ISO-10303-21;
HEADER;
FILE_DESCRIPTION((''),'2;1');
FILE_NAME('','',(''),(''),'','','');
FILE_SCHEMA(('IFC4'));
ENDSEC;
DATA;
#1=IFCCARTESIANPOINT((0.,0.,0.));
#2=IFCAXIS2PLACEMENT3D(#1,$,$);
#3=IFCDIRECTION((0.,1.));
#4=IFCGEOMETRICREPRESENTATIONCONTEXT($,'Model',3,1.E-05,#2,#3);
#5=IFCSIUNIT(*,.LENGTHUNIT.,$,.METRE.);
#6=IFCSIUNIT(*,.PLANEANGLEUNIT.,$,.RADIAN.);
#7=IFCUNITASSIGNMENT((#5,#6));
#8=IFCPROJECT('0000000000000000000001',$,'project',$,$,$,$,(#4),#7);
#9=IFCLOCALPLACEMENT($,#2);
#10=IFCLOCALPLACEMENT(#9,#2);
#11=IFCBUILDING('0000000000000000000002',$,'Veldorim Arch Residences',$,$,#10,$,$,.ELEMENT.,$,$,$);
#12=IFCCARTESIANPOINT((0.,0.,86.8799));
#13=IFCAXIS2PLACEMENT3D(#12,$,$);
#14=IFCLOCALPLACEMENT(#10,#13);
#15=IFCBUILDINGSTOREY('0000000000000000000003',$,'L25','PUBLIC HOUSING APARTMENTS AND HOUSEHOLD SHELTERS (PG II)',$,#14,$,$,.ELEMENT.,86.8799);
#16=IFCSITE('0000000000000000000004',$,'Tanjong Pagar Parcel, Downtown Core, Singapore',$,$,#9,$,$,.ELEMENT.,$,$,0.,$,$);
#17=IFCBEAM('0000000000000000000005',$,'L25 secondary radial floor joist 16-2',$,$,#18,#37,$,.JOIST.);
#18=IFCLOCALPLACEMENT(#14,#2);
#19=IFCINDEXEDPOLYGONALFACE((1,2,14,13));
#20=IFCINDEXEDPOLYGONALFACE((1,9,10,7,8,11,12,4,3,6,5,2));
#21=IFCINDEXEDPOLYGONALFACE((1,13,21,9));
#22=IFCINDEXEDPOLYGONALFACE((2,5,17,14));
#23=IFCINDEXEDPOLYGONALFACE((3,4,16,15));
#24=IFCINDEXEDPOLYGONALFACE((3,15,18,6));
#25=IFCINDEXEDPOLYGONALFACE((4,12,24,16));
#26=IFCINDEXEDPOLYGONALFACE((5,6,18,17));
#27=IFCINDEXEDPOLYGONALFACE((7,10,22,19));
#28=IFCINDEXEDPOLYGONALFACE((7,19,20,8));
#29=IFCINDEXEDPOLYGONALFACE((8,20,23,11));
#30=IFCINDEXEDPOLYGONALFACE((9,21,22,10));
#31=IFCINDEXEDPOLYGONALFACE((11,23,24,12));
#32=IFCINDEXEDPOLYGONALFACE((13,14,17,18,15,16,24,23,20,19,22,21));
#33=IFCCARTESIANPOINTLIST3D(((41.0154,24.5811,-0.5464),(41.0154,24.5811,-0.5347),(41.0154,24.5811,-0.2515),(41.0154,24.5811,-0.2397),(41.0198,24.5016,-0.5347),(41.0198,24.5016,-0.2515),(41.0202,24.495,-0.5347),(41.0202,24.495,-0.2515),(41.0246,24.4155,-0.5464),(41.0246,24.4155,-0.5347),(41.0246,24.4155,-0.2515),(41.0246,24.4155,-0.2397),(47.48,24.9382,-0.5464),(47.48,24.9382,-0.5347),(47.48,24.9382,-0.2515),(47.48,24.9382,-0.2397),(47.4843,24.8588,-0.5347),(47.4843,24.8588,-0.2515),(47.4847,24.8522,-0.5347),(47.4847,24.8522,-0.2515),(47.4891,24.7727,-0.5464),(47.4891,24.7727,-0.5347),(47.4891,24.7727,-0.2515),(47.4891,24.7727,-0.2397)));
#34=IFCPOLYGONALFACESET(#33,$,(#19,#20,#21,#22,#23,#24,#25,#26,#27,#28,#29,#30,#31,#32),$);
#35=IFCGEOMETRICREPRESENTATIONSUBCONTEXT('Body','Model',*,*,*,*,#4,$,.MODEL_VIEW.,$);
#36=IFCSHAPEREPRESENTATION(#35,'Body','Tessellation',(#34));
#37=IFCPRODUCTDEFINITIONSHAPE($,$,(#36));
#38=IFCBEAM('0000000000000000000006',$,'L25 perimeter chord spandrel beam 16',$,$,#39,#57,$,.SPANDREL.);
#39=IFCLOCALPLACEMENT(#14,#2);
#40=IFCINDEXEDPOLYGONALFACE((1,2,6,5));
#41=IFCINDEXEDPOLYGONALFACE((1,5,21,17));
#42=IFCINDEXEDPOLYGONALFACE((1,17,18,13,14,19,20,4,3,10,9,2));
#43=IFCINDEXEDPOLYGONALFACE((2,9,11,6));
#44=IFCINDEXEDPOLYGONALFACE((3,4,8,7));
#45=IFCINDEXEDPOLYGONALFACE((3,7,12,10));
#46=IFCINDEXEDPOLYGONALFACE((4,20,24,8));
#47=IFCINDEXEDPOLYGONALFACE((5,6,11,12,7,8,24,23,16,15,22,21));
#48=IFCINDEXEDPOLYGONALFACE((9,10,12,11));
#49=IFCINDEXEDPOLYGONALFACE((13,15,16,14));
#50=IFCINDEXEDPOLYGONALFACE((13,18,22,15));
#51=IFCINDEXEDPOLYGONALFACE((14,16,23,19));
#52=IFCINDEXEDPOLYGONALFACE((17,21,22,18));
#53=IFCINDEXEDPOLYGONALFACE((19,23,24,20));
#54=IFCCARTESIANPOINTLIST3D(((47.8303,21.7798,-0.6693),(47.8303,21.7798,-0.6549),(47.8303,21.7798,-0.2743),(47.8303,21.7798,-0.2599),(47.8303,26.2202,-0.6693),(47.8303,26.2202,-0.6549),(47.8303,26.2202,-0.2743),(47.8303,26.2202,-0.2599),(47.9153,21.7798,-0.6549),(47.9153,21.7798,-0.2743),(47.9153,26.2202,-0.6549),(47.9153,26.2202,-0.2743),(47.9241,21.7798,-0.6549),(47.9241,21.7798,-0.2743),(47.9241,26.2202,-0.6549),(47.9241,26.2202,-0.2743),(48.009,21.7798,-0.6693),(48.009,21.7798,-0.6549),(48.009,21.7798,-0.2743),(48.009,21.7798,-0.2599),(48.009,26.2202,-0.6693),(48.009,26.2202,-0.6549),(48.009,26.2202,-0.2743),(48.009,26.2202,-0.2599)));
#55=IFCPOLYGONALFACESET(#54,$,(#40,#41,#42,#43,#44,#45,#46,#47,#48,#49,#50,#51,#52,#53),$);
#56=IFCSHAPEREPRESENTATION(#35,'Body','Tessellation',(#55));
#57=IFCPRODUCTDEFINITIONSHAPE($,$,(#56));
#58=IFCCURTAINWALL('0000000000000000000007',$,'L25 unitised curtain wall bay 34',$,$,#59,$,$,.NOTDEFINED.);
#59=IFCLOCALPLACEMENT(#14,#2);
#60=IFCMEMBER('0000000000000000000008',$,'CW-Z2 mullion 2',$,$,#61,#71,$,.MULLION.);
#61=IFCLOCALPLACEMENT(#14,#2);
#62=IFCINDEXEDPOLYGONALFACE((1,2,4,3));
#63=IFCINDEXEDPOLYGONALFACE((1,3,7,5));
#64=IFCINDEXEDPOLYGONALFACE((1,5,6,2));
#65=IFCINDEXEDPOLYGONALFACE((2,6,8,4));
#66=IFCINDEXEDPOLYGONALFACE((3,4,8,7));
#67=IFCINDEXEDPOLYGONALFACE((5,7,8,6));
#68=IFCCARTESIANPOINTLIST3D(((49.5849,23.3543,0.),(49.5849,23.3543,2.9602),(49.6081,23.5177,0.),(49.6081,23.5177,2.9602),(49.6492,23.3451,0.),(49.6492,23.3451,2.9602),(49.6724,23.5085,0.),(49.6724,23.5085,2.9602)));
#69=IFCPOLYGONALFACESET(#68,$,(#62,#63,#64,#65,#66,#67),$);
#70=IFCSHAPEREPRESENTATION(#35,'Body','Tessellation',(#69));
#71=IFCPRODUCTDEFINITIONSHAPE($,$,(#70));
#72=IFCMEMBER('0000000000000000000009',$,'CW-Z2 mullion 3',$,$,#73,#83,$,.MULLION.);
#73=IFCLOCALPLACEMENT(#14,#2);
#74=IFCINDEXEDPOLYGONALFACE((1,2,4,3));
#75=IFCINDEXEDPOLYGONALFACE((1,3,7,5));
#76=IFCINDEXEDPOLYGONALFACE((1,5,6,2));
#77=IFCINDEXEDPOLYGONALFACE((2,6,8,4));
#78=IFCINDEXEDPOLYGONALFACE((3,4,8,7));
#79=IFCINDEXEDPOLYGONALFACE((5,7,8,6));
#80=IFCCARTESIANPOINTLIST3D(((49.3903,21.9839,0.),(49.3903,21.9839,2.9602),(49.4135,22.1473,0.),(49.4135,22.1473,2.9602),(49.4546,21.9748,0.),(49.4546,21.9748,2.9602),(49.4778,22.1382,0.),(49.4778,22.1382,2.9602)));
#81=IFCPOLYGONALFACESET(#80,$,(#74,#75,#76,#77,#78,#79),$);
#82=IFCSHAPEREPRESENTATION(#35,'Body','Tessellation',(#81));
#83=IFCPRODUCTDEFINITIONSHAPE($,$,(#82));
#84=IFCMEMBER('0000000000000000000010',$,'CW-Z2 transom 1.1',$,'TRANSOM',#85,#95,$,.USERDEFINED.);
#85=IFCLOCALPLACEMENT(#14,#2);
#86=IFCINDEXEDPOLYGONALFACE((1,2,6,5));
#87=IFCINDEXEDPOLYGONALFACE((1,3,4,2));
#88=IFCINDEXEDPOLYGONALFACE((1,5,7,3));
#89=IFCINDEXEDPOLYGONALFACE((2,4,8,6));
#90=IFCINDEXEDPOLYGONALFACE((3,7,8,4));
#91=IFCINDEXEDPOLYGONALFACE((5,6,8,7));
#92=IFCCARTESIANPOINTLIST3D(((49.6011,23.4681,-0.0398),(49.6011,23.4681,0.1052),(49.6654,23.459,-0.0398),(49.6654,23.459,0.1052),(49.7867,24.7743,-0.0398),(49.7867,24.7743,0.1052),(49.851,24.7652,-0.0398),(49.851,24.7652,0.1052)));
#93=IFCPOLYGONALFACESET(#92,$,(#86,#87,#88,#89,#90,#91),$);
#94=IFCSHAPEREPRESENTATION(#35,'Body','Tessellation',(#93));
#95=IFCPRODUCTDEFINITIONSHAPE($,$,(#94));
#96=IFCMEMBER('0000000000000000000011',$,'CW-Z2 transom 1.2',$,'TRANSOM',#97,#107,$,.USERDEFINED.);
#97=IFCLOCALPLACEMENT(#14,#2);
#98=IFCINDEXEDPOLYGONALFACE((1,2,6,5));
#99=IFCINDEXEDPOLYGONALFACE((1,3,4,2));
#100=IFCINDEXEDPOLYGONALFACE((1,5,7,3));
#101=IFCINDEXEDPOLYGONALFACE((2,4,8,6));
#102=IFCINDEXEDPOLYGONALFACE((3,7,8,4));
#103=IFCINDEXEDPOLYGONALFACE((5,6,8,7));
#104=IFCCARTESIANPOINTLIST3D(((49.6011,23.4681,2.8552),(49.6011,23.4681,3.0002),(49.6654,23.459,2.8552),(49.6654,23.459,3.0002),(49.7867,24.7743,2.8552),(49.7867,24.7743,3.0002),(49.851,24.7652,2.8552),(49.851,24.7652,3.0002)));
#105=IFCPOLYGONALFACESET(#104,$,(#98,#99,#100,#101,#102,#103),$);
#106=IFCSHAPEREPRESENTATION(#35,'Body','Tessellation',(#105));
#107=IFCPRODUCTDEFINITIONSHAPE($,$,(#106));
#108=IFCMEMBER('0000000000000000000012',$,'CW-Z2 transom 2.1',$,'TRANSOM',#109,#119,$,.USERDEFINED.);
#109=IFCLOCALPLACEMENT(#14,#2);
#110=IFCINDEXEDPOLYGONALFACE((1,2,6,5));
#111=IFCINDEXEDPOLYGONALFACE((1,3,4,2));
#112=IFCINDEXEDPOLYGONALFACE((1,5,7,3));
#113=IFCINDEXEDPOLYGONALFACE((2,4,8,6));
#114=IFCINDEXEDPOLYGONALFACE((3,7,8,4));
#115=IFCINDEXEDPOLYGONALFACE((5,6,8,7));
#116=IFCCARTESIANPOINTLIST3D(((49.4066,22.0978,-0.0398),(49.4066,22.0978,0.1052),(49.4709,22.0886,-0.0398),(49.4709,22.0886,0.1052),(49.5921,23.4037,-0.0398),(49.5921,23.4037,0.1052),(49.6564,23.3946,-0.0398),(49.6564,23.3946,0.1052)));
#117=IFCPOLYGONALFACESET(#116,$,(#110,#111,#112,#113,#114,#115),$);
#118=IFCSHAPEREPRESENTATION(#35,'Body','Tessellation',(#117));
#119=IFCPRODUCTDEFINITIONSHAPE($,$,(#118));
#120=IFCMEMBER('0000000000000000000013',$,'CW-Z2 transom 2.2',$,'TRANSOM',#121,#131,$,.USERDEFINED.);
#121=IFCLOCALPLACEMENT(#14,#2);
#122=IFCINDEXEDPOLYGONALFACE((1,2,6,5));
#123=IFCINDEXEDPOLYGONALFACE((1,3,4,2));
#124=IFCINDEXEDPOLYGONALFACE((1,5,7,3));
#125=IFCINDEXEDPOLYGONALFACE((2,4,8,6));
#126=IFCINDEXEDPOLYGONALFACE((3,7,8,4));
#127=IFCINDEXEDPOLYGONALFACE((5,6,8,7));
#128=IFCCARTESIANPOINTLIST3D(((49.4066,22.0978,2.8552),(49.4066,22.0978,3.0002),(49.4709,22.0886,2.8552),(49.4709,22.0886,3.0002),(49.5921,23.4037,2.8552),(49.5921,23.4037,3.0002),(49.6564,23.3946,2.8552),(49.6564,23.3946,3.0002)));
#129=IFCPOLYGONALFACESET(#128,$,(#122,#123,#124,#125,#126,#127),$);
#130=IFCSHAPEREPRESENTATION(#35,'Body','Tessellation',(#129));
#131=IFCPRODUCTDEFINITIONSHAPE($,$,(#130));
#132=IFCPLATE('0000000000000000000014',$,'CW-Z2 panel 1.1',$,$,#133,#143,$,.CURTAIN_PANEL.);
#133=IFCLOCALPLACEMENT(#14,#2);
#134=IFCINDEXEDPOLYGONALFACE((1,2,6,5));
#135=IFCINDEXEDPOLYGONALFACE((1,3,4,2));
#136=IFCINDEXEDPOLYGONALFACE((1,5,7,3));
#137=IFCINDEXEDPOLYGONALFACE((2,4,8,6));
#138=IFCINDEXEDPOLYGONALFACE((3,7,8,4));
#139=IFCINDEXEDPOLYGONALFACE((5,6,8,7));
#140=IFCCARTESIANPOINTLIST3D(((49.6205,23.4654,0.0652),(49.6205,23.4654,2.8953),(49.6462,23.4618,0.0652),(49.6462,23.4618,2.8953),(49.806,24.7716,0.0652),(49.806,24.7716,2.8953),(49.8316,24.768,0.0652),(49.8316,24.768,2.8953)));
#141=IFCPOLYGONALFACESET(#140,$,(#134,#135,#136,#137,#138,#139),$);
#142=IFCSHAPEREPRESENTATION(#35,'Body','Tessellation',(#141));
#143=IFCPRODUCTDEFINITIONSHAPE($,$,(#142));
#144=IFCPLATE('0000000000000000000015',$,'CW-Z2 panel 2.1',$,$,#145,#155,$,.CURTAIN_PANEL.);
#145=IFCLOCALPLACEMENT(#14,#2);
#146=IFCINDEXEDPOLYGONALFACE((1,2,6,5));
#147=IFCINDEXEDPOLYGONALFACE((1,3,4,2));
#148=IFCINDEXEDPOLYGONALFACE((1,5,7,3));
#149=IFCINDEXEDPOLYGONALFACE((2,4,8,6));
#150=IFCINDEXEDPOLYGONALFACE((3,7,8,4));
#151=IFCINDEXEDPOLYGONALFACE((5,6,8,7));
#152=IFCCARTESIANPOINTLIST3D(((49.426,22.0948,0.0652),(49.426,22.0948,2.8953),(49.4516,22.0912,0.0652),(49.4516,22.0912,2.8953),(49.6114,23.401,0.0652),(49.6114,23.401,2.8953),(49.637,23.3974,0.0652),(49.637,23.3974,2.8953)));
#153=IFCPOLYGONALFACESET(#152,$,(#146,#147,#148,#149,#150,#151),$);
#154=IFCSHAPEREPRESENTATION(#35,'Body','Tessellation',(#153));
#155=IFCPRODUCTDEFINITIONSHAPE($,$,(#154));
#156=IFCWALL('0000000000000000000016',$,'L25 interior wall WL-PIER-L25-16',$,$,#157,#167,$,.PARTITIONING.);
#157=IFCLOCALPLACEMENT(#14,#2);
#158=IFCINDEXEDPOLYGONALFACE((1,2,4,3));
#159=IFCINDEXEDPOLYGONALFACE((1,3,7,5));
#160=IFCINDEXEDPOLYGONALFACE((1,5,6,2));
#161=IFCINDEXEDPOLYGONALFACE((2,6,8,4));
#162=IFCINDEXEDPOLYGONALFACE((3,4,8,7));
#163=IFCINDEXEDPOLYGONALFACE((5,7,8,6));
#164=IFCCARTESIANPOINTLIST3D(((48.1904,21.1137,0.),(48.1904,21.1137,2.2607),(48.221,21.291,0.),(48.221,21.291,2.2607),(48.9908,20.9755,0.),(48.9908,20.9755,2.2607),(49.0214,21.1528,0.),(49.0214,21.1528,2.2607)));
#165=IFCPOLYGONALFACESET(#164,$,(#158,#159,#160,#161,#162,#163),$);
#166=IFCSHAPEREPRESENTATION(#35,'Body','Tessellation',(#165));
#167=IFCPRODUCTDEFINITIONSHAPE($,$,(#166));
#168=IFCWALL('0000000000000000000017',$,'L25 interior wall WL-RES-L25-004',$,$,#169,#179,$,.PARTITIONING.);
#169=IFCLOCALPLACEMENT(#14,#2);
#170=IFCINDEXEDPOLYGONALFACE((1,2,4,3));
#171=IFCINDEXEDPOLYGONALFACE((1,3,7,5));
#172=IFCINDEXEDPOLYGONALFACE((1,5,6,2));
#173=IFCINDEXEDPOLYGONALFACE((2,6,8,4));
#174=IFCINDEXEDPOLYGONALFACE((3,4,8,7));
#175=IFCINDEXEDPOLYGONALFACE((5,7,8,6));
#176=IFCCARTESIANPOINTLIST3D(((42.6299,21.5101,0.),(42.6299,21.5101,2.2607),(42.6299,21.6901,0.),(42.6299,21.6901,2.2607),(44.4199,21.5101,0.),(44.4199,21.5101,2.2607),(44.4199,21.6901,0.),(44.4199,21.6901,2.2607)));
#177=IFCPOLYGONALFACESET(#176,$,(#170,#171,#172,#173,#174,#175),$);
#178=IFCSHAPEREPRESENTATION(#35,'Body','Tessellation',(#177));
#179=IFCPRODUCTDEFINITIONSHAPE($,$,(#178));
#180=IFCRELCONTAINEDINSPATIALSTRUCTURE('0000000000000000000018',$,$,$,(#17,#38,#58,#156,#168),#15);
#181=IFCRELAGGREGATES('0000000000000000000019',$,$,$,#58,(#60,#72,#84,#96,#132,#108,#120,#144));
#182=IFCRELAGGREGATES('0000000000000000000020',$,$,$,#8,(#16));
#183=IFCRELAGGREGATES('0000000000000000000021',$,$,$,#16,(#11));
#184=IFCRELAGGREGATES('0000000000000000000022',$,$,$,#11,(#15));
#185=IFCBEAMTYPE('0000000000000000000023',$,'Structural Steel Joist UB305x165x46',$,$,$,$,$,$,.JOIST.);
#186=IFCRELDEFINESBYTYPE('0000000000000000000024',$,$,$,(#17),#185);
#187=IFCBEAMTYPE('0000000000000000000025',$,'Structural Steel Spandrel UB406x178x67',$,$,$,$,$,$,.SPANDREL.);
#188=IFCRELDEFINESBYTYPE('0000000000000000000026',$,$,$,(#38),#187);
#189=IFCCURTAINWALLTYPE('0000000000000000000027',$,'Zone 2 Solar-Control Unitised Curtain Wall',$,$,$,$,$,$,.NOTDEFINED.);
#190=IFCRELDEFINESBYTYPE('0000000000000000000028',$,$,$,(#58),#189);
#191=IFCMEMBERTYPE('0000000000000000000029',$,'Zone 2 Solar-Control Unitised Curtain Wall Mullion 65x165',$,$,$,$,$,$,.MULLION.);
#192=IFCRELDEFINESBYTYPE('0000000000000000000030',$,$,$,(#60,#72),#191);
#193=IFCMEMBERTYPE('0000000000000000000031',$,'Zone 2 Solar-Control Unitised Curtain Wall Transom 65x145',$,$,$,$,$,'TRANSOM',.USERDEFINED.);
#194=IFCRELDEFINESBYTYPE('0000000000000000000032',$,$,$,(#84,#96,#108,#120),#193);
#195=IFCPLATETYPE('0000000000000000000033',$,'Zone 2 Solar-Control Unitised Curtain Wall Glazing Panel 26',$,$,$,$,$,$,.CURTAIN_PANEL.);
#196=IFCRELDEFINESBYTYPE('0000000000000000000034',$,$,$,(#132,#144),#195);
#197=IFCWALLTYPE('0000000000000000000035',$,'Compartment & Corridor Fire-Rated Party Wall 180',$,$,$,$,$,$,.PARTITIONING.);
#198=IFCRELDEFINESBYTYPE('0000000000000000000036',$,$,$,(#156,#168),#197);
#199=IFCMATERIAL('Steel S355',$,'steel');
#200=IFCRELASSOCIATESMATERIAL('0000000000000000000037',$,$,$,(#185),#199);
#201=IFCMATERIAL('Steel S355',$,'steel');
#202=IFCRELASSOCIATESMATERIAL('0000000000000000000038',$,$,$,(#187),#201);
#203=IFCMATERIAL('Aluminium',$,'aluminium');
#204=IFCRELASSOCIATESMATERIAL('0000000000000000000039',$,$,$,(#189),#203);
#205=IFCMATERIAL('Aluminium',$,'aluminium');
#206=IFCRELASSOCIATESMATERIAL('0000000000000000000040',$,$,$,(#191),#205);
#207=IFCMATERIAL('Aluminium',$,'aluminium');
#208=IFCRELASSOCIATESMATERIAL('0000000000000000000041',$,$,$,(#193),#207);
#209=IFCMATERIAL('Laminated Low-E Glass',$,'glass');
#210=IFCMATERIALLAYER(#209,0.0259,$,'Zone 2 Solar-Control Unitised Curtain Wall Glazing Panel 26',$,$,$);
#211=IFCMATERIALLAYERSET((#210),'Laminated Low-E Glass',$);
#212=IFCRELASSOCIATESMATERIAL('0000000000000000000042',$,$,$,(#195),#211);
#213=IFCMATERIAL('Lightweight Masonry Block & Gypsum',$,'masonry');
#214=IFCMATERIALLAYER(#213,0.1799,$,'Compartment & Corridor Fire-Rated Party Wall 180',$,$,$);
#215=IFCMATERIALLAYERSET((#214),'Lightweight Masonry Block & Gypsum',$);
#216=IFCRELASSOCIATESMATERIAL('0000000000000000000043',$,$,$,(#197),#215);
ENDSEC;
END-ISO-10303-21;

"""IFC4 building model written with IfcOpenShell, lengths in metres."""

from ifc_helpers import new_model, si_unit, direction, frame, frame_2d, origin, origin_2d, place, context, subcontext, project, spatial, rectangle, i_section, extrude, material, layer, layer_set, material_profile, profile_set, type_object, element, aggregate, save


model = new_model("IFC4")

# Units and contexts
model_context = context("Model", 3, precision=1e-05, world=origin(), true_north=direction((0.0, 1.0)))
body_context = subcontext(model_context, "Body", "Model", "MODEL_VIEW")
ifc_project = project(units=[si_unit("LENGTHUNIT", "METRE"), si_unit("PLANEANGLEUNIT", "RADIAN")], contexts=[model_context])

# Site, building, storey
site_placement = place(None, origin())
site = spatial("IfcSite", under=ifc_project, at=site_placement, Name="Tanjong Pagar Parcel, Downtown Core, Singapore", CompositionType="ELEMENT", RefElevation=0.0)
building_placement = place(site_placement, origin())
building = spatial("IfcBuilding", under=site, at=building_placement, Name="Veldorim Arch Residences", CompositionType="ELEMENT")
storey_placement = place(building_placement, frame((0.0, 0.0, 86.8799)))
storey = spatial("IfcBuildingStorey", under=building, at=storey_placement, Name="L25", Description="PUBLIC HOUSING APARTMENTS AND HOUSEHOLD SHELTERS (PG II)", CompositionType="ELEMENT", Elevation=86.8799)

# Beams
ifc_material_1 = material(Name="Steel S355", Category="steel")
ifc_material_profile_1 = material_profile(ifc_material_1, i_section(OverallWidth=0.1658, OverallDepth=0.3066, WebThickness=0.0066, FlangeThickness=0.0117, at=origin_2d()), Name="UB305x165x46")
ifc_profile_set_1 = profile_set([ifc_material_profile_1], Name="Steel S355")
beam_type_1 = type_object("IfcBeamType", Name="Structural Steel Joist UB305x165x46", PredefinedType="JOIST", material=ifc_profile_set_1)
for number, where, z_axis, x_axis, name in (
    (1, (41.02, 24.4983, -0.3931), (0.998477, 0.055167, 0.0), (-0.055167, 0.998477, 0.0), "L25 secondary radial floor joist 16-2"),
):
    element("IfcBeam", number, at=place(storey_placement, frame(where, z_axis=z_axis, x_axis=x_axis)), inside=storey, type_object=beam_type_1, Name=name, PredefinedType="JOIST", context=body_context, shape_type="SweptSolid", body=[
        extrude(i_section(OverallWidth=0.1658, OverallDepth=0.3066, WebThickness=0.0066, FlangeThickness=0.0117, at=origin_2d()), origin(), (0.0, 0.0, 1.0), 6.4744),
    ])
ifc_material_2 = material(Name="Steel S355", Category="steel")
ifc_material_profile_2 = material_profile(ifc_material_2, i_section(OverallWidth=0.1787, OverallDepth=0.4094, WebThickness=0.0088, FlangeThickness=0.0144, at=origin_2d()), Name="UB406x178x67")
ifc_profile_set_2 = profile_set([ifc_material_profile_2], Name="Steel S355")
beam_type_2 = type_object("IfcBeamType", Name="Structural Steel Spandrel UB406x178x67", PredefinedType="SPANDREL", material=ifc_profile_set_2)
beam_1_placement = place(storey_placement, frame((47.9197, 21.7798, -0.4646), z_axis=(0.0, 1.0, 0.0), x_axis=(-1.0, 0.0, 0.0)))
element("IfcBeam", 2, at=beam_1_placement, inside=storey, type_object=beam_type_2, Name="L25 perimeter chord spandrel beam 16", PredefinedType="SPANDREL", context=body_context, shape_type="SweptSolid", body=[
    extrude(i_section(OverallWidth=0.1787, OverallDepth=0.4094, WebThickness=0.0088, FlangeThickness=0.0144, at=origin_2d()), origin(), (0.0, 0.0, 1.0), 4.4404),
])

# Curtain wall, members, plates
ifc_material_3 = material(Name="Aluminium", Category="aluminium")
curtain_wall_type = type_object("IfcCurtainWallType", Name="Zone 2 Solar-Control Unitised Curtain Wall", PredefinedType="NOTDEFINED", material=ifc_material_3)
curtain_wall_placement = place(storey_placement, origin())
curtain_wall = element("IfcCurtainWall", 3, at=curtain_wall_placement, inside=storey, type_object=curtain_wall_type, Name="L25 unitised curtain wall bay 34", PredefinedType="NOTDEFINED")
ifc_material_4 = material(Name="Aluminium", Category="aluminium")
ifc_material_profile_3 = material_profile(ifc_material_4, rectangle(XDim=0.0649, YDim=0.165, at=origin_2d()), Name="ALU_MUL_65x165")
ifc_profile_set_3 = profile_set([ifc_material_profile_3], Name="Aluminium")
member_type_1 = type_object("IfcMemberType", Name="Zone 2 Solar-Control Unitised Curtain Wall Mullion 65x165", PredefinedType="MULLION", material=ifc_profile_set_3)
member_1_placement = place(storey_placement, frame((49.6287, 23.4314, 0.0), z_axis=(0.0, 0.0, 1.0), x_axis=(0.990071, -0.140571, 0.0)))
member_1 = element("IfcMember", 4, at=member_1_placement, type_object=member_type_1, Name="CW-Z2 mullion 2", PredefinedType="MULLION", context=body_context, shape_type="SweptSolid", body=[
    extrude(rectangle(XDim=0.0649, YDim=0.165, at=origin_2d()), origin(), (0.0, 0.0, 1.0), 2.9602),
])
member_2_placement = place(storey_placement, frame((49.4341, 22.061, 0.0), z_axis=(0.0, 0.0, 1.0), x_axis=(0.990071, -0.140571, 0.0)))
member_2 = element("IfcMember", 5, at=member_2_placement, type_object=member_type_1, Name="CW-Z2 mullion 3", PredefinedType="MULLION", context=body_context, shape_type="SweptSolid", body=[
    extrude(rectangle(XDim=0.0649, YDim=0.165, at=origin_2d()), origin(), (0.0, 0.0, 1.0), 2.9602),
])
ifc_material_5 = material(Name="Aluminium", Category="aluminium")
ifc_material_profile_4 = material_profile(ifc_material_5, rectangle(XDim=0.0649, YDim=0.145, at=origin_2d()), Name="ALU_TRN_65x145")
ifc_profile_set_4 = profile_set([ifc_material_profile_4], Name="Aluminium")
member_type_2 = type_object("IfcMemberType", Name="Zone 2 Solar-Control Unitised Curtain Wall Transom 65x145", ElementType="TRANSOM", PredefinedType="USERDEFINED", material=ifc_profile_set_4)
member_3_placement = place(storey_placement, frame((49.8188, 24.7698, 0.0327), z_axis=(-0.140644, -0.99006, 0.0), x_axis=(0.99006, -0.140644, 0.0)))
member_3 = element("IfcMember", 6, at=member_3_placement, type_object=member_type_2, Name="CW-Z2 transom 1.1", ObjectType="TRANSOM", PredefinedType="USERDEFINED", context=body_context, shape_type="SweptSolid", body=[
    extrude(rectangle(XDim=0.0649, YDim=0.145, at=origin_2d()), origin(), (0.0, 0.0, 1.0), 1.3193),
])
member_4_placement = place(storey_placement, frame((49.8188, 24.7698, 2.9277), z_axis=(-0.140644, -0.99006, 0.0), x_axis=(0.99006, -0.140644, 0.0)))
member_4 = element("IfcMember", 7, at=member_4_placement, type_object=member_type_2, Name="CW-Z2 transom 1.2", ObjectType="TRANSOM", PredefinedType="USERDEFINED", context=body_context, shape_type="SweptSolid", body=[
    extrude(rectangle(XDim=0.0649, YDim=0.145, at=origin_2d()), origin(), (0.0, 0.0, 1.0), 1.3193),
])
member_5_placement = place(storey_placement, frame((49.6243, 23.3992, 0.0327), z_axis=(-0.14067, -0.990057, 0.0), x_axis=(0.990057, -0.14067, 0.0)))
member_5 = element("IfcMember", 8, at=member_5_placement, type_object=member_type_2, Name="CW-Z2 transom 2.1", ObjectType="TRANSOM", PredefinedType="USERDEFINED", context=body_context, shape_type="SweptSolid", body=[
    extrude(rectangle(XDim=0.0649, YDim=0.145, at=origin_2d()), origin(), (0.0, 0.0, 1.0), 1.3191),
])
member_6_placement = place(storey_placement, frame((49.6243, 23.3992, 2.9277), z_axis=(-0.14067, -0.990057, 0.0), x_axis=(0.990057, -0.14067, 0.0)))
member_6 = element("IfcMember", 9, at=member_6_placement, type_object=member_type_2, Name="CW-Z2 transom 2.2", ObjectType="TRANSOM", PredefinedType="USERDEFINED", context=body_context, shape_type="SweptSolid", body=[
    extrude(rectangle(XDim=0.0649, YDim=0.145, at=origin_2d()), origin(), (0.0, 0.0, 1.0), 1.3191),
])
ifc_material_6 = material(Name="Laminated Low-E Glass", Category="glass")
ifc_layer_1 = layer(ifc_material_6, 0.0259, Name="Zone 2 Solar-Control Unitised Curtain Wall Glazing Panel 26")
ifc_layer_set_1 = layer_set([ifc_layer_1], Name="Laminated Low-E Glass")
plate_type = type_object("IfcPlateType", Name="Zone 2 Solar-Control Unitised Curtain Wall Glazing Panel 26", PredefinedType="CURTAIN_PANEL", material=ifc_layer_set_1)
plate_1_placement = place(storey_placement, frame((49.7261, 24.1167, 0.0652), z_axis=(0.0, 0.0, 1.0), x_axis=(-0.140571, -0.990071, 0.0)))
plate_1 = element("IfcPlate", 10, at=plate_1_placement, type_object=plate_type, Name="CW-Z2 panel 1.1", PredefinedType="CURTAIN_PANEL", context=body_context, shape_type="SweptSolid", body=[
    extrude(rectangle(XDim=1.3193, YDim=0.0259, at=origin_2d()), origin(), (0.0, 0.0, 1.0), 2.8301),
])
plate_2_placement = place(storey_placement, frame((49.5315, 22.7461, 0.0652), z_axis=(0.0, 0.0, 1.0), x_axis=(-0.140571, -0.990071, 0.0)))
plate_2 = element("IfcPlate", 11, at=plate_2_placement, type_object=plate_type, Name="CW-Z2 panel 2.1", PredefinedType="CURTAIN_PANEL", context=body_context, shape_type="SweptSolid", body=[
    extrude(rectangle(XDim=1.3193, YDim=0.0259, at=origin_2d()), origin(), (0.0, 0.0, 1.0), 2.8301),
])
aggregate(curtain_wall, [member_1, member_2, member_3, member_4, plate_1, member_5, member_6, plate_2])

# Walls
ifc_material_7 = material(Name="Lightweight Masonry Block & Gypsum", Category="masonry")
ifc_layer_2 = layer(ifc_material_7, 0.1799, Name="Compartment & Corridor Fire-Rated Party Wall 180")
ifc_layer_set_2 = layer_set([ifc_layer_2], Name="Lightweight Masonry Block & Gypsum")
wall_type_1 = type_object("IfcWallType", Name="Compartment & Corridor Fire-Rated Party Wall 180", PredefinedType="PARTITIONING", material=ifc_layer_set_2)
wall_1_placement = place(storey_placement, frame((48.2056, 21.2024, 0.0), z_axis=(0.0, 0.0, 1.0), x_axis=(0.985418, -0.170149, 0.0)))
element("IfcWall", 12, at=wall_1_placement, inside=storey, type_object=wall_type_1, Name="L25 interior wall WL-PIER-L25-16", PredefinedType="PARTITIONING", context=body_context, shape_type="SweptSolid", body=[
    extrude(rectangle(XDim=0.8123, YDim=0.1799, at=frame_2d((0.4062, 0.0))), origin(), (0.0, 0.0, 1.0), 2.2607),
])
wall_2_placement = place(storey_placement, frame((44.4199, 21.6001, 0.0), z_axis=(0.0, 0.0, 1.0), x_axis=(-1.0, 0.0, 0.0)))
element("IfcWall", 13, at=wall_2_placement, inside=storey, type_object=wall_type_1, Name="L25 interior wall WL-RES-L25-004", PredefinedType="PARTITIONING", context=body_context, shape_type="SweptSolid", body=[
    extrude(rectangle(XDim=1.79, YDim=0.1799, at=frame_2d((0.895, 0.0))), origin(), (0.0, 0.0, 1.0), 2.2607),
])

save(model, "model.ifc")
